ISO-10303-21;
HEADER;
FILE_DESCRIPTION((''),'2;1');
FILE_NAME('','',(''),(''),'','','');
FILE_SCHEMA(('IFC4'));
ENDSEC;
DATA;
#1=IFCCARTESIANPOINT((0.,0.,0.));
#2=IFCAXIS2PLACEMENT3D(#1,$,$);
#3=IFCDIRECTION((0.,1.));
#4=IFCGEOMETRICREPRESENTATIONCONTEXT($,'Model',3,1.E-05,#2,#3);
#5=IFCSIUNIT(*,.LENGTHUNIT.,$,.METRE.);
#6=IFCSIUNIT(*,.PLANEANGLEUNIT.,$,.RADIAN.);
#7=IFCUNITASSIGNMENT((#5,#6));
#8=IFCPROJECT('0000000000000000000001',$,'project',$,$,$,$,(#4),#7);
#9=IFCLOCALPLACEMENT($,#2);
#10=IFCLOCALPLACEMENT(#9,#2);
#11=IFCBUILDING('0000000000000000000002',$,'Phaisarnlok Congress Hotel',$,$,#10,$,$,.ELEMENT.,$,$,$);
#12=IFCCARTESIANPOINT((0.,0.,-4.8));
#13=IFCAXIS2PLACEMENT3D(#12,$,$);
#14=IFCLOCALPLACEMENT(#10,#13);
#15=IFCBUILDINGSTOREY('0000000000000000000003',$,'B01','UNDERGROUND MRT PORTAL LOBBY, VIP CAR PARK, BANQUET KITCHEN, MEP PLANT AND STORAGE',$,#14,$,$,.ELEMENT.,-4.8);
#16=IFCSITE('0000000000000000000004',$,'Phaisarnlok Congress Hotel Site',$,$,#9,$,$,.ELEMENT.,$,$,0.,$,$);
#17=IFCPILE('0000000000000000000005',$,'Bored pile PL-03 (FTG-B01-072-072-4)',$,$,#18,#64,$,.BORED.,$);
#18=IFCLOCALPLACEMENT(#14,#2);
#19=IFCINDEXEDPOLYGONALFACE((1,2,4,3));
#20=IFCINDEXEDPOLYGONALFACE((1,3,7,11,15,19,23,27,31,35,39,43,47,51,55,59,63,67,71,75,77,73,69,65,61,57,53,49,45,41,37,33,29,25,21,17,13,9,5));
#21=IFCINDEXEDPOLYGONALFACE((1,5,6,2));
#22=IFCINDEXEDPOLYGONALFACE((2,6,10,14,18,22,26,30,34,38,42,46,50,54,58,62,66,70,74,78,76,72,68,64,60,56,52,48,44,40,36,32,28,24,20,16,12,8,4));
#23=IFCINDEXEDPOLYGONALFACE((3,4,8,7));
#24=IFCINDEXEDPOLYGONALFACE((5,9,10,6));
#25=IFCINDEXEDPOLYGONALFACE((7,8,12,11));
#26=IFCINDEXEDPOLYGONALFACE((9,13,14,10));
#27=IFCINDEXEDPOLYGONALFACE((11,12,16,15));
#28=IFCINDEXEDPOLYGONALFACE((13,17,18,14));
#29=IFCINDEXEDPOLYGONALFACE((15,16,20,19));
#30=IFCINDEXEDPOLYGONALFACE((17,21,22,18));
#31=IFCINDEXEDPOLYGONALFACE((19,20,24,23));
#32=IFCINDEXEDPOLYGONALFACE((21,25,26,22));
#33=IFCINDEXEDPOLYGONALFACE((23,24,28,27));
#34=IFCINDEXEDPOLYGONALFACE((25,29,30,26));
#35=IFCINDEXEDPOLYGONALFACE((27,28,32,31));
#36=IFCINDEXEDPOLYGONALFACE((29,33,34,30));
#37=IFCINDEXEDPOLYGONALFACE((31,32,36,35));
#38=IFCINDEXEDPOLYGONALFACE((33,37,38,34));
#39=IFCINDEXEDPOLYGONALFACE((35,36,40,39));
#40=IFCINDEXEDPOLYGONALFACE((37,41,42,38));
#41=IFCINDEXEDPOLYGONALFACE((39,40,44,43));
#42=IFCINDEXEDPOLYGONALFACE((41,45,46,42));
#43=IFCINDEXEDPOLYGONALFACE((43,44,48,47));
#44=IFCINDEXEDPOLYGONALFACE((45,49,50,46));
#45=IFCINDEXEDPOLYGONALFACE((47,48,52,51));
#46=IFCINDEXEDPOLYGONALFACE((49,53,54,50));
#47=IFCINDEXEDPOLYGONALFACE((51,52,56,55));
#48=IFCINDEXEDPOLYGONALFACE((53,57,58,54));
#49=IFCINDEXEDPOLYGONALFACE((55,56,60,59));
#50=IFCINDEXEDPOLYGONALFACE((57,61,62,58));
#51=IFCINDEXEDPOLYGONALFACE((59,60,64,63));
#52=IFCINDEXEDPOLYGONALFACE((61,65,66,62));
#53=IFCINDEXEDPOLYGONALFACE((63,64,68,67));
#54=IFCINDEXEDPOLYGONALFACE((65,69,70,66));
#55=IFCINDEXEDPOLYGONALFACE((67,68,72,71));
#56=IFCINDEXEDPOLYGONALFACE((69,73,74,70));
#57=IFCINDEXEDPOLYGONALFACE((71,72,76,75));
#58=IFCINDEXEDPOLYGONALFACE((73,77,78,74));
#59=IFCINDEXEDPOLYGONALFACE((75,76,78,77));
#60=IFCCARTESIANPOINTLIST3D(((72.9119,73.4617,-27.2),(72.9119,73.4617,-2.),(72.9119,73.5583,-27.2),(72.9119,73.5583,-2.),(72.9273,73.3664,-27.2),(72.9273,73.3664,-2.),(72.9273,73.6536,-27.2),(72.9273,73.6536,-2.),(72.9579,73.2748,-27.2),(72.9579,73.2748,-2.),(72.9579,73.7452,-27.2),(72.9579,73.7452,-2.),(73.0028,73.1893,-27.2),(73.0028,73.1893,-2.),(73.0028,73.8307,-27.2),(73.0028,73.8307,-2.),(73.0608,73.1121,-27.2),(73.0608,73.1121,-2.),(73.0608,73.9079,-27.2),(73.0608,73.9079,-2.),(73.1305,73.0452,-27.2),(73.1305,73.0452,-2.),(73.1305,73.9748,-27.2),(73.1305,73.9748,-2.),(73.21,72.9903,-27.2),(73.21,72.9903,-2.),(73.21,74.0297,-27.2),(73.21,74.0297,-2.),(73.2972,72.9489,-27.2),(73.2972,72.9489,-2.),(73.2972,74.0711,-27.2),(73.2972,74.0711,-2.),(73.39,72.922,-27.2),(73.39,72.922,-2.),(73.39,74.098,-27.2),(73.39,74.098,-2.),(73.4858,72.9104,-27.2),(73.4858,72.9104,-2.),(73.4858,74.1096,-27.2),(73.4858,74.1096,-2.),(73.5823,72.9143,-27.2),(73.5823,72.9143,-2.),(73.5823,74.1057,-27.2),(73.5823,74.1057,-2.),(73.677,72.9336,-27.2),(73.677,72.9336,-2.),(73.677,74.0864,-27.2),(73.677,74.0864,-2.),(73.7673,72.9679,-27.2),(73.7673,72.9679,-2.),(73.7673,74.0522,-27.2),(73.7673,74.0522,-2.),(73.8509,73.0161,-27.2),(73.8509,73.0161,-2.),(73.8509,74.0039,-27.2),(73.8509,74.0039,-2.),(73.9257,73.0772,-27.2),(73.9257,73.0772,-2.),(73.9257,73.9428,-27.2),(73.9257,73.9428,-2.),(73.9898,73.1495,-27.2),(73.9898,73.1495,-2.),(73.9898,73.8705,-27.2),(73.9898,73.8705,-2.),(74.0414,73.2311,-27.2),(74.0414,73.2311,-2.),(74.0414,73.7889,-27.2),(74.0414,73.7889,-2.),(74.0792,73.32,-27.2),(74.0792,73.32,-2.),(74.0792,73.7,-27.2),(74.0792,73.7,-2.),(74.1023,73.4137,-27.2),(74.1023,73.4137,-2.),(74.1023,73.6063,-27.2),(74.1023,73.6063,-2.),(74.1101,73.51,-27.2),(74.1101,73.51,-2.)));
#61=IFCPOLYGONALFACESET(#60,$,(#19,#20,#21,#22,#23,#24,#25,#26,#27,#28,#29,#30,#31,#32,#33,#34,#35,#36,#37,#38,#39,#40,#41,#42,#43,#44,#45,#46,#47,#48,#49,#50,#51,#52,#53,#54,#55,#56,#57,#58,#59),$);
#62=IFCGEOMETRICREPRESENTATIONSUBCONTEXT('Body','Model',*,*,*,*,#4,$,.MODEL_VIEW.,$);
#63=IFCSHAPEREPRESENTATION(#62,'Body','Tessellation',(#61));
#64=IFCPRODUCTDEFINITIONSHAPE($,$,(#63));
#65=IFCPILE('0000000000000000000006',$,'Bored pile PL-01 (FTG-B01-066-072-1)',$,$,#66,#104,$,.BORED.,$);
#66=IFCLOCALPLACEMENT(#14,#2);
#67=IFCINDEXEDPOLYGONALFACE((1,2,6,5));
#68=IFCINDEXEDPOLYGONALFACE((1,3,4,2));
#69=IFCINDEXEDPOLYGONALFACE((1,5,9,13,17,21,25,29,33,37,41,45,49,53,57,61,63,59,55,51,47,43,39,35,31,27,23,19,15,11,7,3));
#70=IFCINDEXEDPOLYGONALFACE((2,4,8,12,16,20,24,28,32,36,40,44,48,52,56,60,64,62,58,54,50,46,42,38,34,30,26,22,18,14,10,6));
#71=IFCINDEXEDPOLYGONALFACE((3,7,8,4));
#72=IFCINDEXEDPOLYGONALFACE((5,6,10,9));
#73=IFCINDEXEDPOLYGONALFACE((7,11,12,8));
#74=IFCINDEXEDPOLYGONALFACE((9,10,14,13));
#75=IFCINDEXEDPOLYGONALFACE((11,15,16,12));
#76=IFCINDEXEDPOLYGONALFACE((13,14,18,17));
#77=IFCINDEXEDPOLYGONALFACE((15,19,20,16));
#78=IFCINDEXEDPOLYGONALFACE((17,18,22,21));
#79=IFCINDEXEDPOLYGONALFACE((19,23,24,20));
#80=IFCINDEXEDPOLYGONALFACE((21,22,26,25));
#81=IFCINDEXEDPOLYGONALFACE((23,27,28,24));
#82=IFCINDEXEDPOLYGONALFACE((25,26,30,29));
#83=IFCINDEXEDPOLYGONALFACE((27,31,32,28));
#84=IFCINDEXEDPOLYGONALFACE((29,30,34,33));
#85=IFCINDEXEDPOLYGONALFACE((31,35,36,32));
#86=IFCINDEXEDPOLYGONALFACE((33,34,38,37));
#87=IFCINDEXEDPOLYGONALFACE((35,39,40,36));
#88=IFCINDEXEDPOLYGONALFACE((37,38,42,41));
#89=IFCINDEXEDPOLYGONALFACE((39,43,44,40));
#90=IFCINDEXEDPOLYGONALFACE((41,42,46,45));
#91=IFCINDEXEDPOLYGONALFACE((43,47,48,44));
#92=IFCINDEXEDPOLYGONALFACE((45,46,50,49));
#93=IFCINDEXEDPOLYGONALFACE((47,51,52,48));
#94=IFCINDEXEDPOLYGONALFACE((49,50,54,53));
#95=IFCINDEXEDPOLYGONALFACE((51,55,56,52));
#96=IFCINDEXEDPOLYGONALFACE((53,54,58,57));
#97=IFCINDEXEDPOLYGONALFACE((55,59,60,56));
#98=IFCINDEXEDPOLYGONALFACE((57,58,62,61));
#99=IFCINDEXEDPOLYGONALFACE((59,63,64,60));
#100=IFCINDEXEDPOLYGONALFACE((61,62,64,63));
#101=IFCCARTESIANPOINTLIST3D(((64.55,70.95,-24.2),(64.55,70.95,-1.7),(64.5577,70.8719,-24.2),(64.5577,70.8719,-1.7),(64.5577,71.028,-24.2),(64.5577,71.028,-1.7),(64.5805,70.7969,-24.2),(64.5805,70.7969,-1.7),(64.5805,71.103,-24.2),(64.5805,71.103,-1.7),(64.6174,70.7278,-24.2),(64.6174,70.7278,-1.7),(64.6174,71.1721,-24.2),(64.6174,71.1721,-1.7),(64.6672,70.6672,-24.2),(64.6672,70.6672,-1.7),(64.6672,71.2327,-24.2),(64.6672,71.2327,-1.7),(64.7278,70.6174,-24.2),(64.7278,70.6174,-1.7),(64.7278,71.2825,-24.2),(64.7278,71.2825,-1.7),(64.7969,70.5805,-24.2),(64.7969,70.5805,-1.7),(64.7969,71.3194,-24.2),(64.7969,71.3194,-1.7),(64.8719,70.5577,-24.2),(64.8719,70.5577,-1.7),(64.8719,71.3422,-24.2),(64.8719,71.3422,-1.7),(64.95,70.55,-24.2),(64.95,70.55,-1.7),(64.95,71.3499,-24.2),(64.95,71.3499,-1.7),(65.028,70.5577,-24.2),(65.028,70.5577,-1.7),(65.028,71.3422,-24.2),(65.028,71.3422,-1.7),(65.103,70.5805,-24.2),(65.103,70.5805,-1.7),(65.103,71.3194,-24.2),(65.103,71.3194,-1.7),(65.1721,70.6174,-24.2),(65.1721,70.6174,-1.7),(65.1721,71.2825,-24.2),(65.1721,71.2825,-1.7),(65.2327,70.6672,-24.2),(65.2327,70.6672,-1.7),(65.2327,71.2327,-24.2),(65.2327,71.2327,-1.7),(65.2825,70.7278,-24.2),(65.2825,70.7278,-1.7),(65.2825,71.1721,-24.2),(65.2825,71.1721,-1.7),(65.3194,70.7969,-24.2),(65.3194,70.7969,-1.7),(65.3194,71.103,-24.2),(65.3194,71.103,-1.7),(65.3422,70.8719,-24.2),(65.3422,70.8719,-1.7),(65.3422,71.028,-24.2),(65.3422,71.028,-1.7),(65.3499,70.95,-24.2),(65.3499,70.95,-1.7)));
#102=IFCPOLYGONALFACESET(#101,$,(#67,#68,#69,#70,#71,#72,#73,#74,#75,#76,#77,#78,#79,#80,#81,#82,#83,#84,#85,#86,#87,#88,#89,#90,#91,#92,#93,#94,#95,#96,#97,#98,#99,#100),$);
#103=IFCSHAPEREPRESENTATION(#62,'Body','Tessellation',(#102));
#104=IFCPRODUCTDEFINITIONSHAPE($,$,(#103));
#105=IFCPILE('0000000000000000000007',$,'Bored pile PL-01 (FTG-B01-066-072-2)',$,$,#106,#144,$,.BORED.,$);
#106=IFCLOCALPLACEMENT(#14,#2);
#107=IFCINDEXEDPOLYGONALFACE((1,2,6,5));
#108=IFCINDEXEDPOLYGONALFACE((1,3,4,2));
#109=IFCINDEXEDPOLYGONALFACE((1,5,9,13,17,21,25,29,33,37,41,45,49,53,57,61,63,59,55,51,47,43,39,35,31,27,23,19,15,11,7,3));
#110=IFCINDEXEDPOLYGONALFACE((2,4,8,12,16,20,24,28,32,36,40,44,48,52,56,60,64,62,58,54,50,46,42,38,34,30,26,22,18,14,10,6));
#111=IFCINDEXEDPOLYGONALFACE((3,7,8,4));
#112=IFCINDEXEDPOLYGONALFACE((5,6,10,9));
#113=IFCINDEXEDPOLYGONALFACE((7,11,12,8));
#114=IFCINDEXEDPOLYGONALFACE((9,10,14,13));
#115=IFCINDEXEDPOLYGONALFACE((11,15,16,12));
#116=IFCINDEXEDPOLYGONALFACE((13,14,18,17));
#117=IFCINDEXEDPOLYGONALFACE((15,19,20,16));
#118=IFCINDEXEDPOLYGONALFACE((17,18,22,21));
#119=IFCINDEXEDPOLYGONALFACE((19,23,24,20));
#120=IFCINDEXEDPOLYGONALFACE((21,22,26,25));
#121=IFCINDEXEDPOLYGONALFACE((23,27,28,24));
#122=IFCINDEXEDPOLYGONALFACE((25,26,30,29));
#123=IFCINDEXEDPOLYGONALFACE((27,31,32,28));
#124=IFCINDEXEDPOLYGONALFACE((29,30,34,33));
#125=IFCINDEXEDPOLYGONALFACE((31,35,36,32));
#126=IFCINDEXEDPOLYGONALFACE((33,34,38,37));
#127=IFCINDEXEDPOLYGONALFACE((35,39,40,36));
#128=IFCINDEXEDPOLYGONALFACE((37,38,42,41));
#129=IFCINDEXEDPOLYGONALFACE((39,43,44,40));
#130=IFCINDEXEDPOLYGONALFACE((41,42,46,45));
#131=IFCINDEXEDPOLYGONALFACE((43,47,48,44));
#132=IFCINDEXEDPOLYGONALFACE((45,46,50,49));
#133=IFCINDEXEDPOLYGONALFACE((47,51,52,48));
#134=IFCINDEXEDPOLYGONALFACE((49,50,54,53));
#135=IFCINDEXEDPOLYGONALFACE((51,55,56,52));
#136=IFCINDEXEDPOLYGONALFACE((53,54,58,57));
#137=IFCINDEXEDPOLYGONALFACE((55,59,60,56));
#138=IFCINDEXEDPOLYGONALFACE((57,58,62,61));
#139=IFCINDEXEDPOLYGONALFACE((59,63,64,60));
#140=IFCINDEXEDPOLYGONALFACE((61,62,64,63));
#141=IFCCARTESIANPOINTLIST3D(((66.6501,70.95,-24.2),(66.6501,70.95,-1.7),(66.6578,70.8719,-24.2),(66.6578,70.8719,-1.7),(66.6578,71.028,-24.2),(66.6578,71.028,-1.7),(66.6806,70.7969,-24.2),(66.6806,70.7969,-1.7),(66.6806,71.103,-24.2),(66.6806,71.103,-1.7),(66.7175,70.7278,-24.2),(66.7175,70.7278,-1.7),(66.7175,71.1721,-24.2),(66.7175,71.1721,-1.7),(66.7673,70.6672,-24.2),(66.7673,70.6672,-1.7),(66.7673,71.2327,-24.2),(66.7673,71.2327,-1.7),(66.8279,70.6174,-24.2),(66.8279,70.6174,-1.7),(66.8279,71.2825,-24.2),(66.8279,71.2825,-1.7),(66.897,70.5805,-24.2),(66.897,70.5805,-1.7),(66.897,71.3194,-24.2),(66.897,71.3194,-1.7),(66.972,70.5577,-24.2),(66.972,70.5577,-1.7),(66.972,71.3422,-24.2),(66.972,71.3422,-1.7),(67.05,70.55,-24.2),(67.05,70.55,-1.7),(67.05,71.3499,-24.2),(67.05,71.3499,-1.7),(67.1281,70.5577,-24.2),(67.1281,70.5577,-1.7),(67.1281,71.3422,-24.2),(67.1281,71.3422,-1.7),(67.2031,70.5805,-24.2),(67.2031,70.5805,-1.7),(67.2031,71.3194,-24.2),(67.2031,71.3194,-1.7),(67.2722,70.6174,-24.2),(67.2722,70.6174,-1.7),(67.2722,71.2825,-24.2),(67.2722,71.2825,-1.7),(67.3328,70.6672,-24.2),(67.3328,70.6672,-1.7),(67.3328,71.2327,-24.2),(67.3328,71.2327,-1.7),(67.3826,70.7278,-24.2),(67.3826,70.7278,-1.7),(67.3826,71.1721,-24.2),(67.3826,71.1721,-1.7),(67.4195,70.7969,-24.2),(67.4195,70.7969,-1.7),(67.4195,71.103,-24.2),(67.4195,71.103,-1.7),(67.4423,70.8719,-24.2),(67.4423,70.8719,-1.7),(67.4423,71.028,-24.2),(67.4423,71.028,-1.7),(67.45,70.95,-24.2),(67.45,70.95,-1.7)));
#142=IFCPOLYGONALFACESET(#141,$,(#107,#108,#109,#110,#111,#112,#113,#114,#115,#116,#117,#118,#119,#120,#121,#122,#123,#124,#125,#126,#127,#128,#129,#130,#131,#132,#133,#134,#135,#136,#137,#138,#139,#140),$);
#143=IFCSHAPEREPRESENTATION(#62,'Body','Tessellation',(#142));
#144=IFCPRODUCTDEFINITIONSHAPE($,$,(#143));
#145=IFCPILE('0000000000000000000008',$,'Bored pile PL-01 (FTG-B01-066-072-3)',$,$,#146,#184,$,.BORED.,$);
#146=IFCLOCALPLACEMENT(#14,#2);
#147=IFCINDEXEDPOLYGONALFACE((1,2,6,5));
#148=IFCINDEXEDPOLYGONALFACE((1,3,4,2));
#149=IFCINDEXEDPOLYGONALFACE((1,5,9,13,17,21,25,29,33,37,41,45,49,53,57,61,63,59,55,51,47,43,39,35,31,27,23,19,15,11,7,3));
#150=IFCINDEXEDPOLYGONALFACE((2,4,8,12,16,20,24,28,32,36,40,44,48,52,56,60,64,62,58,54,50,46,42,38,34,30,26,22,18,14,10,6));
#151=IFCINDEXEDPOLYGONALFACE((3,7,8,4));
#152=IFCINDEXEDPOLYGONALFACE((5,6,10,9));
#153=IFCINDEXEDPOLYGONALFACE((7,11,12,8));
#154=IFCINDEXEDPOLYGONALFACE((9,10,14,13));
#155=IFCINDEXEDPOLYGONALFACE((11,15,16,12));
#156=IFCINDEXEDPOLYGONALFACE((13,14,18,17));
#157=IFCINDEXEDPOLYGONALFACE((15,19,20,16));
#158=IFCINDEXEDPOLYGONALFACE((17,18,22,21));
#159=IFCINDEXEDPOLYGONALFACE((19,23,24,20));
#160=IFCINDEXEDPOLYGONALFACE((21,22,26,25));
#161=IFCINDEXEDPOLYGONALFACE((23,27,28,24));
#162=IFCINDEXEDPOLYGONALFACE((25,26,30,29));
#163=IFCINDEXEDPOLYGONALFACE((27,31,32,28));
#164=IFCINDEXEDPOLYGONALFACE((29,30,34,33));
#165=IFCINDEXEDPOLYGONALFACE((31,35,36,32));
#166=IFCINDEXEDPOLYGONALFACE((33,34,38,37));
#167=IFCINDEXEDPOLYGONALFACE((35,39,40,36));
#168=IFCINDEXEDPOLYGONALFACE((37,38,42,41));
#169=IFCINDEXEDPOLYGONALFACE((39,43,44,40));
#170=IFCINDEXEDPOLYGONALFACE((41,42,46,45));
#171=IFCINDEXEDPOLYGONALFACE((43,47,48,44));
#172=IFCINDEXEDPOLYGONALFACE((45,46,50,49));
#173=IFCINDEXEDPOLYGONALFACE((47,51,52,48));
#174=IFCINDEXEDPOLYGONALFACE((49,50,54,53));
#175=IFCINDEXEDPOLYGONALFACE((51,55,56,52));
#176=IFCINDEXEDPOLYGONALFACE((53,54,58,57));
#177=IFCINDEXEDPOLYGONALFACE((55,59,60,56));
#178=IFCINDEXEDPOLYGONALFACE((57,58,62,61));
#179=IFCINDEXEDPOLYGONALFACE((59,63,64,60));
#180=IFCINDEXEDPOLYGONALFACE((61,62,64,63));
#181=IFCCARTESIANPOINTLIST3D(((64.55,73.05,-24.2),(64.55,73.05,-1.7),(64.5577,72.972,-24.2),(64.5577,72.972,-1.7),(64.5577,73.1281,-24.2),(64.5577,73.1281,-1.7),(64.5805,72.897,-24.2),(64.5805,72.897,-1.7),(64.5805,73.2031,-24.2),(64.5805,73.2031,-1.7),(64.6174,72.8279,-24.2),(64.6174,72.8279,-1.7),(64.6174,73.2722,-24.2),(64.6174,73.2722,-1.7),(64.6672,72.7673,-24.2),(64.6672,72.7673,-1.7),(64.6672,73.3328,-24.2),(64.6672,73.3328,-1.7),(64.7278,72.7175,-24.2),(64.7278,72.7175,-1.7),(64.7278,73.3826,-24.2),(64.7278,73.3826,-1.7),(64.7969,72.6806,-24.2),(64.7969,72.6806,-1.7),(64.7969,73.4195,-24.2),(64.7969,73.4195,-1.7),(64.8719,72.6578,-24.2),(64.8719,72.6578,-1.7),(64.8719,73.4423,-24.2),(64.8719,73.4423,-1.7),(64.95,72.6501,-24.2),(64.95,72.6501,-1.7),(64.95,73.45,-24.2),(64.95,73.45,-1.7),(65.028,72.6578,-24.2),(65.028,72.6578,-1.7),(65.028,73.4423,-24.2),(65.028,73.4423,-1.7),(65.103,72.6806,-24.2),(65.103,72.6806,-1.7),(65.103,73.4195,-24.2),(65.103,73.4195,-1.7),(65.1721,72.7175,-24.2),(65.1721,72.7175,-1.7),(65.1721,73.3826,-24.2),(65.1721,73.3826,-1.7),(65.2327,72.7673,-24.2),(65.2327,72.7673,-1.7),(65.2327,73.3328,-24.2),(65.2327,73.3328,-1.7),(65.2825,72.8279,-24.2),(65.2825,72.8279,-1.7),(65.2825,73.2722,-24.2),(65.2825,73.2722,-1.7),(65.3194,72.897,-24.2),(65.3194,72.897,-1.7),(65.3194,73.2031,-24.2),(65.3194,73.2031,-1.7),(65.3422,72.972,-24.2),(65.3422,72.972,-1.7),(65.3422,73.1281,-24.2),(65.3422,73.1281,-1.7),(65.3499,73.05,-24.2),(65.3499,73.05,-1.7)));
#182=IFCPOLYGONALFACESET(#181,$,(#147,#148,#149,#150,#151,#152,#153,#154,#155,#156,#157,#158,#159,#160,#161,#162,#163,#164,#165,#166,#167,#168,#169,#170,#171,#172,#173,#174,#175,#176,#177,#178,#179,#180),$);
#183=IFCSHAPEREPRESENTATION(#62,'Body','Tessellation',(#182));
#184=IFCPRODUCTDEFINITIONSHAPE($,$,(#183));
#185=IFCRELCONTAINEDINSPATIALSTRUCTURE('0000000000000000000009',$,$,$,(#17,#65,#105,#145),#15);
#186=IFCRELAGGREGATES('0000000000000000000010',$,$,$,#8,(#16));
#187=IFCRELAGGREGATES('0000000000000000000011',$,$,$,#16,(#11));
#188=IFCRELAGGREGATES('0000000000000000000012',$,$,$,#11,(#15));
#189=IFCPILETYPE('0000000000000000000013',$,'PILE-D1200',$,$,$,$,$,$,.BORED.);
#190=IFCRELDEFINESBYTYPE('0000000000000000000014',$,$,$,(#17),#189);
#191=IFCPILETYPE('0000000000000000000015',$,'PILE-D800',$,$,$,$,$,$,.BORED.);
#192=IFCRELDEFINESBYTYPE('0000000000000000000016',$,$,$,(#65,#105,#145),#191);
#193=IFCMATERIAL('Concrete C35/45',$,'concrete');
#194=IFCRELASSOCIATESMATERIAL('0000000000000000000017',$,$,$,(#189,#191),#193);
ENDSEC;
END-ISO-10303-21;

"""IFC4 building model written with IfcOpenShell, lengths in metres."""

from ifc_helpers import new_model, si_unit, direction, frame, origin, origin_2d, place, context, subcontext, project, spatial, circle, extrude, material, material_profile, profile_set, type_object, element, save


model = new_model("IFC4")

# Units and contexts
model_context = context("Model", 3, precision=1e-05, world=origin(), true_north=direction((0.0, 1.0)))
body_context = subcontext(model_context, "Body", "Model", "MODEL_VIEW")
ifc_project = project(units=[si_unit("LENGTHUNIT", "METRE"), si_unit("PLANEANGLEUNIT", "RADIAN")], contexts=[model_context])

# Site, building, storey
site_placement = place(None, origin())
site = spatial("IfcSite", under=ifc_project, at=site_placement, Name="Phaisarnlok Congress Hotel Site", CompositionType="ELEMENT", RefElevation=0.0)
building_placement = place(site_placement, origin())
building = spatial("IfcBuilding", under=site, at=building_placement, Name="Phaisarnlok Congress Hotel", CompositionType="ELEMENT")
storey_placement = place(building_placement, frame((0.0, 0.0, -4.8)))
storey = spatial("IfcBuildingStorey", under=building, at=storey_placement, Name="B01", Description="UNDERGROUND MRT PORTAL LOBBY, VIP CAR PARK, BANQUET KITCHEN, MEP PLANT AND STORAGE", CompositionType="ELEMENT", Elevation=-4.8)

# Piles
ifc_material_1 = material(Name="Concrete C35/45", Category="concrete")
ifc_material_profile_1 = material_profile(ifc_material_1, circle(Radius=0.6001, at=origin_2d()), Name="BORED PILE D1200")
ifc_profile_set_1 = profile_set([ifc_material_profile_1], Name="Concrete C35/45")
pile_type_1 = type_object("IfcPileType", Name="PILE-D1200", PredefinedType="BORED", material=ifc_profile_set_1)
for number, where, z_axis, x_axis, name in (
    (1, (73.51, 73.51, -2.0), (0.0, 0.0, -1.0), (1.0, 0.0, 0.0), "Bored pile PL-03 (FTG-B01-072-072-4)"),
):
    element("IfcPile", number, at=place(storey_placement, frame(where, z_axis=z_axis, x_axis=x_axis)), inside=storey, type_object=pile_type_1, Name=name, PredefinedType="BORED", context=body_context, shape_type="SweptSolid", body=[
        extrude(circle(Radius=0.6001, at=origin_2d()), origin(), (0.0, 0.0, 1.0), 25.2),
    ])
ifc_material_profile_2 = material_profile(ifc_material_1, circle(Radius=0.3999, at=origin_2d()), Name="BORED PILE D800")
ifc_profile_set_2 = profile_set([ifc_material_profile_2], Name="Concrete C35/45")
pile_type_2 = type_object("IfcPileType", Name="PILE-D800", PredefinedType="BORED", material=ifc_profile_set_2)
for number, where, z_axis, x_axis, name in (
    (2, (64.95, 70.95, -1.7), (0.0, 0.0, -1.0), (1.0, 0.0, 0.0), "Bored pile PL-01 (FTG-B01-066-072-1)"),
    (3, (67.05, 70.95, -1.7), (0.0, 0.0, -1.0), (1.0, 0.0, 0.0), "Bored pile PL-01 (FTG-B01-066-072-2)"),
    (4, (64.95, 73.05, -1.7), (0.0, 0.0, -1.0), (1.0, 0.0, 0.0), "Bored pile PL-01 (FTG-B01-066-072-3)"),
):
    element("IfcPile", number, at=place(storey_placement, frame(where, z_axis=z_axis, x_axis=x_axis)), inside=storey, type_object=pile_type_2, Name=name, PredefinedType="BORED", context=body_context, shape_type="SweptSolid", body=[
        extrude(circle(Radius=0.3999, at=origin_2d()), origin(), (0.0, 0.0, 1.0), 22.5),
    ])

save(model, "model.ifc")
